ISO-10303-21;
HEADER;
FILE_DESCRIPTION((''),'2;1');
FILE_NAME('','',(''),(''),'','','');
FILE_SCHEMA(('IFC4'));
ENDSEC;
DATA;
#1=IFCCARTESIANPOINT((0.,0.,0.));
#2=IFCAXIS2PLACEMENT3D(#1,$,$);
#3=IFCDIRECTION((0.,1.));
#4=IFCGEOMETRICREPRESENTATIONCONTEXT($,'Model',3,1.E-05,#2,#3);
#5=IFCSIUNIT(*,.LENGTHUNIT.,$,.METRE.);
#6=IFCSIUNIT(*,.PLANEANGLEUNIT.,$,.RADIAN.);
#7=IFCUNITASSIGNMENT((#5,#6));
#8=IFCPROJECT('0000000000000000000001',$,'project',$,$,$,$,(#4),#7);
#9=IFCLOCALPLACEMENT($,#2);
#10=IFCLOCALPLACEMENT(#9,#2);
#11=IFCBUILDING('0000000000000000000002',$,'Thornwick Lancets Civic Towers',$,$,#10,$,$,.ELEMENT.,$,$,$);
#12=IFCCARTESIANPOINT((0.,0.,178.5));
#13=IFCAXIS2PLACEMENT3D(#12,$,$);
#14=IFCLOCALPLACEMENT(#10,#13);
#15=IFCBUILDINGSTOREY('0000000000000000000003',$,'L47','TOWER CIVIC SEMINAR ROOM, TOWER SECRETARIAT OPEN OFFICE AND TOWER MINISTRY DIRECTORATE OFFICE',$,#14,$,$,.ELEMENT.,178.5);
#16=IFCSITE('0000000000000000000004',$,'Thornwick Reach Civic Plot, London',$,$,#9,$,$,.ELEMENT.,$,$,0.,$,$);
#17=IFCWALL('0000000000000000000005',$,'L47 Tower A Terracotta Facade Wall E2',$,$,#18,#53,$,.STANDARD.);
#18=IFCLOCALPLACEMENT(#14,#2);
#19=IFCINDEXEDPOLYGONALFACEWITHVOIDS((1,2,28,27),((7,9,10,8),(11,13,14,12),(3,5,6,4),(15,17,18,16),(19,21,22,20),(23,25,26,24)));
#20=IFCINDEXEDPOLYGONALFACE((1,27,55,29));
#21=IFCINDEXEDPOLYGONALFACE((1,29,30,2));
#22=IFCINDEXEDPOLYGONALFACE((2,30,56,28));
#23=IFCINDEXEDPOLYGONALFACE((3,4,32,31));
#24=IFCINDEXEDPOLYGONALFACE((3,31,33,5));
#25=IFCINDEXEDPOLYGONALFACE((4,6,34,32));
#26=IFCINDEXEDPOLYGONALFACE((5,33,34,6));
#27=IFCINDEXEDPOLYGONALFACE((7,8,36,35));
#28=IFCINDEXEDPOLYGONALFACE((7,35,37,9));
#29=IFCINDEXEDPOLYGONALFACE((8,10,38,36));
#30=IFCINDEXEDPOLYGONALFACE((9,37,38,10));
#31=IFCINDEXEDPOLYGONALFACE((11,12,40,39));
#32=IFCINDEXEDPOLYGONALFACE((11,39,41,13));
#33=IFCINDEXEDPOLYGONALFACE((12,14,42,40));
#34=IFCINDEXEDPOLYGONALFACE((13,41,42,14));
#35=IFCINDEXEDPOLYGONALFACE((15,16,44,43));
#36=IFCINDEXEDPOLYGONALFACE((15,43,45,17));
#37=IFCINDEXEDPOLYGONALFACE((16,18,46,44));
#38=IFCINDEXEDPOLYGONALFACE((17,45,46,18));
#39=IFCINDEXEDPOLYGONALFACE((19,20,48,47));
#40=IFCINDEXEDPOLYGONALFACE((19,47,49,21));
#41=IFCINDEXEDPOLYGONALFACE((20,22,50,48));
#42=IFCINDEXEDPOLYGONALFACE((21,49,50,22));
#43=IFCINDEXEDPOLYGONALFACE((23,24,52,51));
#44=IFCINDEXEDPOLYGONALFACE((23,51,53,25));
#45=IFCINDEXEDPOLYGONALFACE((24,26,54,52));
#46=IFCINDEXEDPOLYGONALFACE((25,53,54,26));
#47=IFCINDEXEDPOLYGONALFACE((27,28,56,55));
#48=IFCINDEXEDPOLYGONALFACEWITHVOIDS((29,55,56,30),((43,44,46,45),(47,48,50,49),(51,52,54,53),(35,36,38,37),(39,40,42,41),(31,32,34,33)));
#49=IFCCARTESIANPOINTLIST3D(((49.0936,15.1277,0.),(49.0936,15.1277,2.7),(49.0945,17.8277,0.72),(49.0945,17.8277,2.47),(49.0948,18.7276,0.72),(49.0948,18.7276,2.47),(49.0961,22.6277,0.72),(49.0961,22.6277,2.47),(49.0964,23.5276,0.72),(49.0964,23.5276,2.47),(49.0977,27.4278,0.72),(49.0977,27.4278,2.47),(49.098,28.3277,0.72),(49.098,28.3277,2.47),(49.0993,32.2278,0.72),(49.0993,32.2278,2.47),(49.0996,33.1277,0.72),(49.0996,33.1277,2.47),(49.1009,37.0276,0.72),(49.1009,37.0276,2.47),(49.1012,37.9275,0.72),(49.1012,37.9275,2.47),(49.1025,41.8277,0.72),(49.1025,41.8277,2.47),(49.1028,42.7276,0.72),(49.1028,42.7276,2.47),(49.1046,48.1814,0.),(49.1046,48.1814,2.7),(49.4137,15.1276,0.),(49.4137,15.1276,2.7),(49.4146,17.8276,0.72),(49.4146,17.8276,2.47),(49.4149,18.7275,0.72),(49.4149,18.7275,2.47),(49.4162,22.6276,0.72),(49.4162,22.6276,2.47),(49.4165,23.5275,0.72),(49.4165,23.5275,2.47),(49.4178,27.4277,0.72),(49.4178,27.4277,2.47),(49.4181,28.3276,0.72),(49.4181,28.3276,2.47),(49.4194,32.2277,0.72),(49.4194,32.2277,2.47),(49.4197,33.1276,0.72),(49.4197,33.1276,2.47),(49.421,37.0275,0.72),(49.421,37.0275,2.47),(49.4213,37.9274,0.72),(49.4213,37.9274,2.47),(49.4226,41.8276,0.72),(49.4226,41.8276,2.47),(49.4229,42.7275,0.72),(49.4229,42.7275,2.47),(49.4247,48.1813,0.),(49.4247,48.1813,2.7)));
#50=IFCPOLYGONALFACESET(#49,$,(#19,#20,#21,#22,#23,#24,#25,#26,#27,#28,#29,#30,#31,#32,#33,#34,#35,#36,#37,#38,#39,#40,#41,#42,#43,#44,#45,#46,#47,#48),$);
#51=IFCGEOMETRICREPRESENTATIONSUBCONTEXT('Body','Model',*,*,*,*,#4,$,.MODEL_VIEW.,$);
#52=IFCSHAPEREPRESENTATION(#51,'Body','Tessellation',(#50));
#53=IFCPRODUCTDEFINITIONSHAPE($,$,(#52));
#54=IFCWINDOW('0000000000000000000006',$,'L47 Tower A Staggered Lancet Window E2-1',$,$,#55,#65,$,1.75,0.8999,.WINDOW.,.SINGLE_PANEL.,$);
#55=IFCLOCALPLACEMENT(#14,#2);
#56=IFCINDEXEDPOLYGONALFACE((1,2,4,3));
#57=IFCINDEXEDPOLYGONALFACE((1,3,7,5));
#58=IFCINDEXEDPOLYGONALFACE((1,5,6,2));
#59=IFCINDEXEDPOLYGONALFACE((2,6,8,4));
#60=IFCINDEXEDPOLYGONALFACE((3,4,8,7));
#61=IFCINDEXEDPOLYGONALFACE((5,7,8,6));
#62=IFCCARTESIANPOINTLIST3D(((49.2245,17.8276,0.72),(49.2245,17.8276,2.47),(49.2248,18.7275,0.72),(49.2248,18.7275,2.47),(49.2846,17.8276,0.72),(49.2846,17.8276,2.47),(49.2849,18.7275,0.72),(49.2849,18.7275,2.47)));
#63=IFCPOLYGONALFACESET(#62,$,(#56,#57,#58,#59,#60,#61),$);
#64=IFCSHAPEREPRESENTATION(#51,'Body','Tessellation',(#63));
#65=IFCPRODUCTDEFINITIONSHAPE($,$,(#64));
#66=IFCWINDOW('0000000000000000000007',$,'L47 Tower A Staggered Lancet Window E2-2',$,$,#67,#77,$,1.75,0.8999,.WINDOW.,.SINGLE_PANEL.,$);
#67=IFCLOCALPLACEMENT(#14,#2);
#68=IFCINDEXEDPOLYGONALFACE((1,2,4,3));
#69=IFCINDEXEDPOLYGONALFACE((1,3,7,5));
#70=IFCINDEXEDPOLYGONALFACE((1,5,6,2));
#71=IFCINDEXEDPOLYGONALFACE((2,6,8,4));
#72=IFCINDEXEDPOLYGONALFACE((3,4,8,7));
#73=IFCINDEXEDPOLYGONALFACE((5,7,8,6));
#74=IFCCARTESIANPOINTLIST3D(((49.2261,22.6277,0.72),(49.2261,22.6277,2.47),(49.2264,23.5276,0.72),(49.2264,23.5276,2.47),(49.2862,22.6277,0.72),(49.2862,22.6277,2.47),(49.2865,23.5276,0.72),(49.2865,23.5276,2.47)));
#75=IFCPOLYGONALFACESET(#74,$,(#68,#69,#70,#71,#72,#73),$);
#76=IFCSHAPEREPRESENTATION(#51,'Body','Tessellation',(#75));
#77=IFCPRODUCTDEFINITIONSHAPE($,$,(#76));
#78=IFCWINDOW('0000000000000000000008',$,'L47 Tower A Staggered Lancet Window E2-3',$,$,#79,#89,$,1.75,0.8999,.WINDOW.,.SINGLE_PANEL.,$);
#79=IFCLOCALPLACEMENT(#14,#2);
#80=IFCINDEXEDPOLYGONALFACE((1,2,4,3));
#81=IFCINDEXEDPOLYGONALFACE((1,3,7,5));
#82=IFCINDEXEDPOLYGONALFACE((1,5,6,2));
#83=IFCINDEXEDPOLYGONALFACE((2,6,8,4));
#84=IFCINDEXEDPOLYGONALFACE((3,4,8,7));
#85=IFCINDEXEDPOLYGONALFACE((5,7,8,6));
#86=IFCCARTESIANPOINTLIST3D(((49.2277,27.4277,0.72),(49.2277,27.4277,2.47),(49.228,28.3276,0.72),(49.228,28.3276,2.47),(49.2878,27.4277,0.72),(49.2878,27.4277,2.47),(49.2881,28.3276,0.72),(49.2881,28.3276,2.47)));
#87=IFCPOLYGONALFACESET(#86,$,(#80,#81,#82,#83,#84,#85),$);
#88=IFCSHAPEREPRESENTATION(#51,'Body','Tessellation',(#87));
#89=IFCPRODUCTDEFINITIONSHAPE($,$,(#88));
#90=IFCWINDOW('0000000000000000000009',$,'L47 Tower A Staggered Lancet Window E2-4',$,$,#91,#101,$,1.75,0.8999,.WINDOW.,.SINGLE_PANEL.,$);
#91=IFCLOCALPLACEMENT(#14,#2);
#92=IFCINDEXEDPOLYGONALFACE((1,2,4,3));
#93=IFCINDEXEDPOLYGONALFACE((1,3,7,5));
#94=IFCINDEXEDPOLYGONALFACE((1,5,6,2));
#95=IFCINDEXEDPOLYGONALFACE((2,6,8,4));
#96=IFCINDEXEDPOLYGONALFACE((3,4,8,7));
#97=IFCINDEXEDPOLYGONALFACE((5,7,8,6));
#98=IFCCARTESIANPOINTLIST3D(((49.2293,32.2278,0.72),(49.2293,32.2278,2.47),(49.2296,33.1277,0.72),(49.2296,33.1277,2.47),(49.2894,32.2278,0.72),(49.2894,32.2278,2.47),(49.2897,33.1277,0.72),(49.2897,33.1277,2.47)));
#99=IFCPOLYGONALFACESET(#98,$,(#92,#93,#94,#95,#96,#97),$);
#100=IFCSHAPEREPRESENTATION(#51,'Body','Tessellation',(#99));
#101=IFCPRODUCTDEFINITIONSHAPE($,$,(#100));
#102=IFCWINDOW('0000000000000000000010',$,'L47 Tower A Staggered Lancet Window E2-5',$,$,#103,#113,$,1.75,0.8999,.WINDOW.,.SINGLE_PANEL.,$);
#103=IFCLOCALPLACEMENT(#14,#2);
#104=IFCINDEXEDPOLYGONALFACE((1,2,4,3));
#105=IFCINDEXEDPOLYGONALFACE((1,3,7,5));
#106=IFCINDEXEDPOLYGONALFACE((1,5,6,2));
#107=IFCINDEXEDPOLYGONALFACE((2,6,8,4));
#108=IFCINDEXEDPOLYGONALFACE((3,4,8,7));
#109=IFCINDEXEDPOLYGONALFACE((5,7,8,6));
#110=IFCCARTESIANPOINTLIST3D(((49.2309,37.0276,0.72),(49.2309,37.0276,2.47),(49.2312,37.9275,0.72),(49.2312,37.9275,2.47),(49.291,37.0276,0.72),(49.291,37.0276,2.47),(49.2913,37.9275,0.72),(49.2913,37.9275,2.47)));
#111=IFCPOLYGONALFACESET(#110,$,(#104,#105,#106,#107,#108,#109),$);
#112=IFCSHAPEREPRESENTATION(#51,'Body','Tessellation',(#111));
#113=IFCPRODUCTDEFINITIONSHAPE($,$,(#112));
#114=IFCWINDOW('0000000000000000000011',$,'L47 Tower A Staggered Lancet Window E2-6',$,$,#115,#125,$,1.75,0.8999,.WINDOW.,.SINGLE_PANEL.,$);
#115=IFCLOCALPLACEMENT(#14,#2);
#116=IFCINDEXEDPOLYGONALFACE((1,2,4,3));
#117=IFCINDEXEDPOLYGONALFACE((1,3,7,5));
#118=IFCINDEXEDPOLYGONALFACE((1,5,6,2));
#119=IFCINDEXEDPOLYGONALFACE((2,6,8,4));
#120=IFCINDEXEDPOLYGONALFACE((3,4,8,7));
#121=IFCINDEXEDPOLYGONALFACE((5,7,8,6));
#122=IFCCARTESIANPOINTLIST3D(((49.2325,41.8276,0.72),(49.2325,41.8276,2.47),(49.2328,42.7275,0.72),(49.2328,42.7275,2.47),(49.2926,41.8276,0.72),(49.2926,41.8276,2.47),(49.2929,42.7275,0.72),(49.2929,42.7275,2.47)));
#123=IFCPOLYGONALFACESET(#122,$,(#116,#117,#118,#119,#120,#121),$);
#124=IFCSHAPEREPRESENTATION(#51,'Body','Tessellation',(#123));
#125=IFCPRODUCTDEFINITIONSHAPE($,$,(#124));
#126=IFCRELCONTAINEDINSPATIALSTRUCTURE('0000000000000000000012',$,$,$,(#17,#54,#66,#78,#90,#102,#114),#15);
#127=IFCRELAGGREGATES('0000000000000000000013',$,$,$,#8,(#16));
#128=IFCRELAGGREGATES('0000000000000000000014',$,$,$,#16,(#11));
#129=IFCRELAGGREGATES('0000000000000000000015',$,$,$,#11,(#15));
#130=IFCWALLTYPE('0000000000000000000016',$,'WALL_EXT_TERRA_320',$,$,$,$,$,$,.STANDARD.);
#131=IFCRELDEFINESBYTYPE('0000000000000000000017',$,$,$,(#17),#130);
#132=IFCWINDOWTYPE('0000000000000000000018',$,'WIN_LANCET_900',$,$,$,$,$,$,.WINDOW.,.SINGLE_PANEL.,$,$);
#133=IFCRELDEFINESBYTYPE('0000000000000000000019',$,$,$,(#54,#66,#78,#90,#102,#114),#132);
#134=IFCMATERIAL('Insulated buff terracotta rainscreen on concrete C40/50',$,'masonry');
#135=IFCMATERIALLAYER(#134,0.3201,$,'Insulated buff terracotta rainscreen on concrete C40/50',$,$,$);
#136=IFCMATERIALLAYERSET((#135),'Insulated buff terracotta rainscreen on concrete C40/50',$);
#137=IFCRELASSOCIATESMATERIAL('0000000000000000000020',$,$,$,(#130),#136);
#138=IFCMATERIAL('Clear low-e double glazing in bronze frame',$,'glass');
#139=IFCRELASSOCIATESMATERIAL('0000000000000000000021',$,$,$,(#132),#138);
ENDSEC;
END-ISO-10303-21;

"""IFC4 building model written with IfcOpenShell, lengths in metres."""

from ifc_helpers import new_model, si_unit, direction, frame, frame_2d, origin, place, context, subcontext, project, spatial, rectangle, extrude, material, layer, layer_set, type_object, element, fill, save


model = new_model("IFC4")

# Units and contexts
model_context = context("Model", 3, precision=1e-05, world=origin(), true_north=direction((0.0, 1.0)))
body_context = subcontext(model_context, "Body", "Model", "MODEL_VIEW")
ifc_project = project(units=[si_unit("LENGTHUNIT", "METRE"), si_unit("PLANEANGLEUNIT", "RADIAN")], contexts=[model_context])

# Site, building, storey
site_placement = place(None, origin())
site = spatial("IfcSite", under=ifc_project, at=site_placement, Name="Thornwick Reach Civic Plot, London", CompositionType="ELEMENT", RefElevation=0.0)
building_placement = place(site_placement, origin())
building = spatial("IfcBuilding", under=site, at=building_placement, Name="Thornwick Lancets Civic Towers", CompositionType="ELEMENT")
storey_placement = place(building_placement, frame((0.0, 0.0, 178.5)))
storey = spatial("IfcBuildingStorey", under=building, at=storey_placement, Name="L47", Description="TOWER CIVIC SEMINAR ROOM, TOWER SECRETARIAT OPEN OFFICE AND TOWER MINISTRY DIRECTORATE OFFICE", CompositionType="ELEMENT", Elevation=178.5)

# Wall, openings, windows
ifc_material_1 = material(Name="Insulated buff terracotta rainscreen on concrete C40/50", Category="masonry")
ifc_layer_1 = layer(ifc_material_1, 0.3201, Name="Insulated buff terracotta rainscreen on concrete C40/50")
ifc_layer_set_1 = layer_set([ifc_layer_1], Name="Insulated buff terracotta rainscreen on concrete C40/50")
wall_type_1 = type_object("IfcWallType", Name="WALL_EXT_TERRA_320", PredefinedType="STANDARD", material=ifc_layer_set_1)
wall_1_placement = place(storey_placement, frame((49.2537, 15.1277, 0.0), z_axis=(0.0, 0.0, 1.0), x_axis=(0.000332, 1.0, 0.0)))
wall_1 = element("IfcWall", 1, at=wall_1_placement, inside=storey, type_object=wall_type_1, Name="L47 Tower A Terracotta Facade Wall E2", PredefinedType="STANDARD", context=body_context, shape_type="SweptSolid", body=[
    extrude(rectangle(XDim=33.0537, YDim=0.3201, at=frame_2d((16.5269, 0.0))), origin(), (0.0, 0.0, 1.0), 2.7),
])
opening_1_placement = place(wall_1_placement, frame((2.7, 0.0, 0.72)))
opening_1 = element("IfcOpeningElement", 2, at=opening_1_placement, cuts=wall_1, PredefinedType="OPENING", context=body_context, shape_type="SweptSolid", body=[
    extrude(rectangle(XDim=0.8999, YDim=1.75, at=frame_2d((0.45, 0.875))), frame((0.0, 0.1699, 0.0), z_axis=(0.0, -1.0, 0.0), x_axis=(1.0, 0.0, 0.0)), (0.0, 0.0, 1.0), 0.3401),
])
opening_2_placement = place(wall_1_placement, frame((7.5, 0.0, 0.72)))
opening_2 = element("IfcOpeningElement", 3, at=opening_2_placement, cuts=wall_1, PredefinedType="OPENING", context=body_context, shape_type="SweptSolid", body=[
    extrude(rectangle(XDim=0.8999, YDim=1.75, at=frame_2d((0.45, 0.875))), frame((0.0, 0.1699, 0.0), z_axis=(0.0, -1.0, 0.0), x_axis=(1.0, 0.0, 0.0)), (0.0, 0.0, 1.0), 0.3401),
])
opening_3_placement = place(wall_1_placement, frame((12.3, 0.0, 0.72)))
opening_3 = element("IfcOpeningElement", 4, at=opening_3_placement, cuts=wall_1, PredefinedType="OPENING", context=body_context, shape_type="SweptSolid", body=[
    extrude(rectangle(XDim=0.8999, YDim=1.75, at=frame_2d((0.45, 0.875))), frame((0.0, 0.1699, 0.0), z_axis=(0.0, -1.0, 0.0), x_axis=(1.0, 0.0, 0.0)), (0.0, 0.0, 1.0), 0.3401),
])
opening_4_placement = place(wall_1_placement, frame((17.1001, 0.0, 0.72)))
opening_4 = element("IfcOpeningElement", 5, at=opening_4_placement, cuts=wall_1, PredefinedType="OPENING", context=body_context, shape_type="SweptSolid", body=[
    extrude(rectangle(XDim=0.8999, YDim=1.75, at=frame_2d((0.45, 0.875))), frame((0.0, 0.1699, 0.0), z_axis=(0.0, -1.0, 0.0), x_axis=(1.0, 0.0, 0.0)), (0.0, 0.0, 1.0), 0.3401),
])
opening_5_placement = place(wall_1_placement, frame((21.8999, 0.0, 0.72)))
opening_5 = element("IfcOpeningElement", 6, at=opening_5_placement, cuts=wall_1, PredefinedType="OPENING", context=body_context, shape_type="SweptSolid", body=[
    extrude(rectangle(XDim=0.8999, YDim=1.75, at=frame_2d((0.45, 0.875))), frame((0.0, 0.1699, 0.0), z_axis=(0.0, -1.0, 0.0), x_axis=(1.0, 0.0, 0.0)), (0.0, 0.0, 1.0), 0.3401),
])
opening_6_placement = place(wall_1_placement, frame((26.7, 0.0, 0.72)))
opening_6 = element("IfcOpeningElement", 7, at=opening_6_placement, cuts=wall_1, PredefinedType="OPENING", context=body_context, shape_type="SweptSolid", body=[
    extrude(rectangle(XDim=0.8999, YDim=1.75, at=frame_2d((0.45, 0.875))), frame((0.0, 0.1699, 0.0), z_axis=(0.0, -1.0, 0.0), x_axis=(1.0, 0.0, 0.0)), (0.0, 0.0, 1.0), 0.3401),
])
ifc_material_2 = material(Name="Clear low-e double glazing in bronze frame", Category="glass")
window_type = type_object("IfcWindowType", Name="WIN_LANCET_900", PartitioningType="SINGLE_PANEL", PredefinedType="WINDOW", material=ifc_material_2)
window_1_placement = place(opening_1_placement, origin())
window_1 = element("IfcWindow", 8, at=window_1_placement, inside=storey, type_object=window_type, Name="L47 Tower A Staggered Lancet Window E2-1", OverallHeight=1.75, OverallWidth=0.8999, PartitioningType="SINGLE_PANEL", PredefinedType="WINDOW", context=body_context, shape_type="SweptSolid", body=[
    extrude(rectangle(XDim=0.8999, YDim=1.75, at=frame_2d((0.45, 0.875))), frame((0.0, 0.03, 0.0), z_axis=(0.0, -1.0, 0.0), x_axis=(1.0, 0.0, 0.0)), (0.0, 0.0, 1.0), 0.0601),
])
fill(opening_1, window_1)
window_2_placement = place(opening_2_placement, origin())
window_2 = element("IfcWindow", 9, at=window_2_placement, inside=storey, type_object=window_type, Name="L47 Tower A Staggered Lancet Window E2-2", OverallHeight=1.75, OverallWidth=0.8999, PartitioningType="SINGLE_PANEL", PredefinedType="WINDOW", context=body_context, shape_type="SweptSolid", body=[
    extrude(rectangle(XDim=0.8999, YDim=1.75, at=frame_2d((0.45, 0.875))), frame((0.0, 0.03, 0.0), z_axis=(0.0, -1.0, 0.0), x_axis=(1.0, 0.0, 0.0)), (0.0, 0.0, 1.0), 0.0601),
])
fill(opening_2, window_2)
window_3_placement = place(opening_3_placement, origin())
window_3 = element("IfcWindow", 10, at=window_3_placement, inside=storey, type_object=window_type, Name="L47 Tower A Staggered Lancet Window E2-3", OverallHeight=1.75, OverallWidth=0.8999, PartitioningType="SINGLE_PANEL", PredefinedType="WINDOW", context=body_context, shape_type="SweptSolid", body=[
    extrude(rectangle(XDim=0.8999, YDim=1.75, at=frame_2d((0.45, 0.875))), frame((0.0, 0.03, 0.0), z_axis=(0.0, -1.0, 0.0), x_axis=(1.0, 0.0, 0.0)), (0.0, 0.0, 1.0), 0.0601),
])
fill(opening_3, window_3)
window_4_placement = place(opening_4_placement, origin())
window_4 = element("IfcWindow", 11, at=window_4_placement, inside=storey, type_object=window_type, Name="L47 Tower A Staggered Lancet Window E2-4", OverallHeight=1.75, OverallWidth=0.8999, PartitioningType="SINGLE_PANEL", PredefinedType="WINDOW", context=body_context, shape_type="SweptSolid", body=[
    extrude(rectangle(XDim=0.8999, YDim=1.75, at=frame_2d((0.45, 0.875))), frame((0.0, 0.03, 0.0), z_axis=(0.0, -1.0, 0.0), x_axis=(1.0, 0.0, 0.0)), (0.0, 0.0, 1.0), 0.0601),
])
fill(opening_4, window_4)
window_5_placement = place(opening_5_placement, origin())
window_5 = element("IfcWindow", 12, at=window_5_placement, inside=storey, type_object=window_type, Name="L47 Tower A Staggered Lancet Window E2-5", OverallHeight=1.75, OverallWidth=0.8999, PartitioningType="SINGLE_PANEL", PredefinedType="WINDOW", context=body_context, shape_type="SweptSolid", body=[
    extrude(rectangle(XDim=0.8999, YDim=1.75, at=frame_2d((0.45, 0.875))), frame((0.0, 0.03, 0.0), z_axis=(0.0, -1.0, 0.0), x_axis=(1.0, 0.0, 0.0)), (0.0, 0.0, 1.0), 0.0601),
])
fill(opening_5, window_5)
window_6_placement = place(opening_6_placement, origin())
window_6 = element("IfcWindow", 13, at=window_6_placement, inside=storey, type_object=window_type, Name="L47 Tower A Staggered Lancet Window E2-6", OverallHeight=1.75, OverallWidth=0.8999, PartitioningType="SINGLE_PANEL", PredefinedType="WINDOW", context=body_context, shape_type="SweptSolid", body=[
    extrude(rectangle(XDim=0.8999, YDim=1.75, at=frame_2d((0.45, 0.875))), frame((0.0, 0.03, 0.0), z_axis=(0.0, -1.0, 0.0), x_axis=(1.0, 0.0, 0.0)), (0.0, 0.0, 1.0), 0.0601),
])
fill(opening_6, window_6)

save(model, "model.ifc")
